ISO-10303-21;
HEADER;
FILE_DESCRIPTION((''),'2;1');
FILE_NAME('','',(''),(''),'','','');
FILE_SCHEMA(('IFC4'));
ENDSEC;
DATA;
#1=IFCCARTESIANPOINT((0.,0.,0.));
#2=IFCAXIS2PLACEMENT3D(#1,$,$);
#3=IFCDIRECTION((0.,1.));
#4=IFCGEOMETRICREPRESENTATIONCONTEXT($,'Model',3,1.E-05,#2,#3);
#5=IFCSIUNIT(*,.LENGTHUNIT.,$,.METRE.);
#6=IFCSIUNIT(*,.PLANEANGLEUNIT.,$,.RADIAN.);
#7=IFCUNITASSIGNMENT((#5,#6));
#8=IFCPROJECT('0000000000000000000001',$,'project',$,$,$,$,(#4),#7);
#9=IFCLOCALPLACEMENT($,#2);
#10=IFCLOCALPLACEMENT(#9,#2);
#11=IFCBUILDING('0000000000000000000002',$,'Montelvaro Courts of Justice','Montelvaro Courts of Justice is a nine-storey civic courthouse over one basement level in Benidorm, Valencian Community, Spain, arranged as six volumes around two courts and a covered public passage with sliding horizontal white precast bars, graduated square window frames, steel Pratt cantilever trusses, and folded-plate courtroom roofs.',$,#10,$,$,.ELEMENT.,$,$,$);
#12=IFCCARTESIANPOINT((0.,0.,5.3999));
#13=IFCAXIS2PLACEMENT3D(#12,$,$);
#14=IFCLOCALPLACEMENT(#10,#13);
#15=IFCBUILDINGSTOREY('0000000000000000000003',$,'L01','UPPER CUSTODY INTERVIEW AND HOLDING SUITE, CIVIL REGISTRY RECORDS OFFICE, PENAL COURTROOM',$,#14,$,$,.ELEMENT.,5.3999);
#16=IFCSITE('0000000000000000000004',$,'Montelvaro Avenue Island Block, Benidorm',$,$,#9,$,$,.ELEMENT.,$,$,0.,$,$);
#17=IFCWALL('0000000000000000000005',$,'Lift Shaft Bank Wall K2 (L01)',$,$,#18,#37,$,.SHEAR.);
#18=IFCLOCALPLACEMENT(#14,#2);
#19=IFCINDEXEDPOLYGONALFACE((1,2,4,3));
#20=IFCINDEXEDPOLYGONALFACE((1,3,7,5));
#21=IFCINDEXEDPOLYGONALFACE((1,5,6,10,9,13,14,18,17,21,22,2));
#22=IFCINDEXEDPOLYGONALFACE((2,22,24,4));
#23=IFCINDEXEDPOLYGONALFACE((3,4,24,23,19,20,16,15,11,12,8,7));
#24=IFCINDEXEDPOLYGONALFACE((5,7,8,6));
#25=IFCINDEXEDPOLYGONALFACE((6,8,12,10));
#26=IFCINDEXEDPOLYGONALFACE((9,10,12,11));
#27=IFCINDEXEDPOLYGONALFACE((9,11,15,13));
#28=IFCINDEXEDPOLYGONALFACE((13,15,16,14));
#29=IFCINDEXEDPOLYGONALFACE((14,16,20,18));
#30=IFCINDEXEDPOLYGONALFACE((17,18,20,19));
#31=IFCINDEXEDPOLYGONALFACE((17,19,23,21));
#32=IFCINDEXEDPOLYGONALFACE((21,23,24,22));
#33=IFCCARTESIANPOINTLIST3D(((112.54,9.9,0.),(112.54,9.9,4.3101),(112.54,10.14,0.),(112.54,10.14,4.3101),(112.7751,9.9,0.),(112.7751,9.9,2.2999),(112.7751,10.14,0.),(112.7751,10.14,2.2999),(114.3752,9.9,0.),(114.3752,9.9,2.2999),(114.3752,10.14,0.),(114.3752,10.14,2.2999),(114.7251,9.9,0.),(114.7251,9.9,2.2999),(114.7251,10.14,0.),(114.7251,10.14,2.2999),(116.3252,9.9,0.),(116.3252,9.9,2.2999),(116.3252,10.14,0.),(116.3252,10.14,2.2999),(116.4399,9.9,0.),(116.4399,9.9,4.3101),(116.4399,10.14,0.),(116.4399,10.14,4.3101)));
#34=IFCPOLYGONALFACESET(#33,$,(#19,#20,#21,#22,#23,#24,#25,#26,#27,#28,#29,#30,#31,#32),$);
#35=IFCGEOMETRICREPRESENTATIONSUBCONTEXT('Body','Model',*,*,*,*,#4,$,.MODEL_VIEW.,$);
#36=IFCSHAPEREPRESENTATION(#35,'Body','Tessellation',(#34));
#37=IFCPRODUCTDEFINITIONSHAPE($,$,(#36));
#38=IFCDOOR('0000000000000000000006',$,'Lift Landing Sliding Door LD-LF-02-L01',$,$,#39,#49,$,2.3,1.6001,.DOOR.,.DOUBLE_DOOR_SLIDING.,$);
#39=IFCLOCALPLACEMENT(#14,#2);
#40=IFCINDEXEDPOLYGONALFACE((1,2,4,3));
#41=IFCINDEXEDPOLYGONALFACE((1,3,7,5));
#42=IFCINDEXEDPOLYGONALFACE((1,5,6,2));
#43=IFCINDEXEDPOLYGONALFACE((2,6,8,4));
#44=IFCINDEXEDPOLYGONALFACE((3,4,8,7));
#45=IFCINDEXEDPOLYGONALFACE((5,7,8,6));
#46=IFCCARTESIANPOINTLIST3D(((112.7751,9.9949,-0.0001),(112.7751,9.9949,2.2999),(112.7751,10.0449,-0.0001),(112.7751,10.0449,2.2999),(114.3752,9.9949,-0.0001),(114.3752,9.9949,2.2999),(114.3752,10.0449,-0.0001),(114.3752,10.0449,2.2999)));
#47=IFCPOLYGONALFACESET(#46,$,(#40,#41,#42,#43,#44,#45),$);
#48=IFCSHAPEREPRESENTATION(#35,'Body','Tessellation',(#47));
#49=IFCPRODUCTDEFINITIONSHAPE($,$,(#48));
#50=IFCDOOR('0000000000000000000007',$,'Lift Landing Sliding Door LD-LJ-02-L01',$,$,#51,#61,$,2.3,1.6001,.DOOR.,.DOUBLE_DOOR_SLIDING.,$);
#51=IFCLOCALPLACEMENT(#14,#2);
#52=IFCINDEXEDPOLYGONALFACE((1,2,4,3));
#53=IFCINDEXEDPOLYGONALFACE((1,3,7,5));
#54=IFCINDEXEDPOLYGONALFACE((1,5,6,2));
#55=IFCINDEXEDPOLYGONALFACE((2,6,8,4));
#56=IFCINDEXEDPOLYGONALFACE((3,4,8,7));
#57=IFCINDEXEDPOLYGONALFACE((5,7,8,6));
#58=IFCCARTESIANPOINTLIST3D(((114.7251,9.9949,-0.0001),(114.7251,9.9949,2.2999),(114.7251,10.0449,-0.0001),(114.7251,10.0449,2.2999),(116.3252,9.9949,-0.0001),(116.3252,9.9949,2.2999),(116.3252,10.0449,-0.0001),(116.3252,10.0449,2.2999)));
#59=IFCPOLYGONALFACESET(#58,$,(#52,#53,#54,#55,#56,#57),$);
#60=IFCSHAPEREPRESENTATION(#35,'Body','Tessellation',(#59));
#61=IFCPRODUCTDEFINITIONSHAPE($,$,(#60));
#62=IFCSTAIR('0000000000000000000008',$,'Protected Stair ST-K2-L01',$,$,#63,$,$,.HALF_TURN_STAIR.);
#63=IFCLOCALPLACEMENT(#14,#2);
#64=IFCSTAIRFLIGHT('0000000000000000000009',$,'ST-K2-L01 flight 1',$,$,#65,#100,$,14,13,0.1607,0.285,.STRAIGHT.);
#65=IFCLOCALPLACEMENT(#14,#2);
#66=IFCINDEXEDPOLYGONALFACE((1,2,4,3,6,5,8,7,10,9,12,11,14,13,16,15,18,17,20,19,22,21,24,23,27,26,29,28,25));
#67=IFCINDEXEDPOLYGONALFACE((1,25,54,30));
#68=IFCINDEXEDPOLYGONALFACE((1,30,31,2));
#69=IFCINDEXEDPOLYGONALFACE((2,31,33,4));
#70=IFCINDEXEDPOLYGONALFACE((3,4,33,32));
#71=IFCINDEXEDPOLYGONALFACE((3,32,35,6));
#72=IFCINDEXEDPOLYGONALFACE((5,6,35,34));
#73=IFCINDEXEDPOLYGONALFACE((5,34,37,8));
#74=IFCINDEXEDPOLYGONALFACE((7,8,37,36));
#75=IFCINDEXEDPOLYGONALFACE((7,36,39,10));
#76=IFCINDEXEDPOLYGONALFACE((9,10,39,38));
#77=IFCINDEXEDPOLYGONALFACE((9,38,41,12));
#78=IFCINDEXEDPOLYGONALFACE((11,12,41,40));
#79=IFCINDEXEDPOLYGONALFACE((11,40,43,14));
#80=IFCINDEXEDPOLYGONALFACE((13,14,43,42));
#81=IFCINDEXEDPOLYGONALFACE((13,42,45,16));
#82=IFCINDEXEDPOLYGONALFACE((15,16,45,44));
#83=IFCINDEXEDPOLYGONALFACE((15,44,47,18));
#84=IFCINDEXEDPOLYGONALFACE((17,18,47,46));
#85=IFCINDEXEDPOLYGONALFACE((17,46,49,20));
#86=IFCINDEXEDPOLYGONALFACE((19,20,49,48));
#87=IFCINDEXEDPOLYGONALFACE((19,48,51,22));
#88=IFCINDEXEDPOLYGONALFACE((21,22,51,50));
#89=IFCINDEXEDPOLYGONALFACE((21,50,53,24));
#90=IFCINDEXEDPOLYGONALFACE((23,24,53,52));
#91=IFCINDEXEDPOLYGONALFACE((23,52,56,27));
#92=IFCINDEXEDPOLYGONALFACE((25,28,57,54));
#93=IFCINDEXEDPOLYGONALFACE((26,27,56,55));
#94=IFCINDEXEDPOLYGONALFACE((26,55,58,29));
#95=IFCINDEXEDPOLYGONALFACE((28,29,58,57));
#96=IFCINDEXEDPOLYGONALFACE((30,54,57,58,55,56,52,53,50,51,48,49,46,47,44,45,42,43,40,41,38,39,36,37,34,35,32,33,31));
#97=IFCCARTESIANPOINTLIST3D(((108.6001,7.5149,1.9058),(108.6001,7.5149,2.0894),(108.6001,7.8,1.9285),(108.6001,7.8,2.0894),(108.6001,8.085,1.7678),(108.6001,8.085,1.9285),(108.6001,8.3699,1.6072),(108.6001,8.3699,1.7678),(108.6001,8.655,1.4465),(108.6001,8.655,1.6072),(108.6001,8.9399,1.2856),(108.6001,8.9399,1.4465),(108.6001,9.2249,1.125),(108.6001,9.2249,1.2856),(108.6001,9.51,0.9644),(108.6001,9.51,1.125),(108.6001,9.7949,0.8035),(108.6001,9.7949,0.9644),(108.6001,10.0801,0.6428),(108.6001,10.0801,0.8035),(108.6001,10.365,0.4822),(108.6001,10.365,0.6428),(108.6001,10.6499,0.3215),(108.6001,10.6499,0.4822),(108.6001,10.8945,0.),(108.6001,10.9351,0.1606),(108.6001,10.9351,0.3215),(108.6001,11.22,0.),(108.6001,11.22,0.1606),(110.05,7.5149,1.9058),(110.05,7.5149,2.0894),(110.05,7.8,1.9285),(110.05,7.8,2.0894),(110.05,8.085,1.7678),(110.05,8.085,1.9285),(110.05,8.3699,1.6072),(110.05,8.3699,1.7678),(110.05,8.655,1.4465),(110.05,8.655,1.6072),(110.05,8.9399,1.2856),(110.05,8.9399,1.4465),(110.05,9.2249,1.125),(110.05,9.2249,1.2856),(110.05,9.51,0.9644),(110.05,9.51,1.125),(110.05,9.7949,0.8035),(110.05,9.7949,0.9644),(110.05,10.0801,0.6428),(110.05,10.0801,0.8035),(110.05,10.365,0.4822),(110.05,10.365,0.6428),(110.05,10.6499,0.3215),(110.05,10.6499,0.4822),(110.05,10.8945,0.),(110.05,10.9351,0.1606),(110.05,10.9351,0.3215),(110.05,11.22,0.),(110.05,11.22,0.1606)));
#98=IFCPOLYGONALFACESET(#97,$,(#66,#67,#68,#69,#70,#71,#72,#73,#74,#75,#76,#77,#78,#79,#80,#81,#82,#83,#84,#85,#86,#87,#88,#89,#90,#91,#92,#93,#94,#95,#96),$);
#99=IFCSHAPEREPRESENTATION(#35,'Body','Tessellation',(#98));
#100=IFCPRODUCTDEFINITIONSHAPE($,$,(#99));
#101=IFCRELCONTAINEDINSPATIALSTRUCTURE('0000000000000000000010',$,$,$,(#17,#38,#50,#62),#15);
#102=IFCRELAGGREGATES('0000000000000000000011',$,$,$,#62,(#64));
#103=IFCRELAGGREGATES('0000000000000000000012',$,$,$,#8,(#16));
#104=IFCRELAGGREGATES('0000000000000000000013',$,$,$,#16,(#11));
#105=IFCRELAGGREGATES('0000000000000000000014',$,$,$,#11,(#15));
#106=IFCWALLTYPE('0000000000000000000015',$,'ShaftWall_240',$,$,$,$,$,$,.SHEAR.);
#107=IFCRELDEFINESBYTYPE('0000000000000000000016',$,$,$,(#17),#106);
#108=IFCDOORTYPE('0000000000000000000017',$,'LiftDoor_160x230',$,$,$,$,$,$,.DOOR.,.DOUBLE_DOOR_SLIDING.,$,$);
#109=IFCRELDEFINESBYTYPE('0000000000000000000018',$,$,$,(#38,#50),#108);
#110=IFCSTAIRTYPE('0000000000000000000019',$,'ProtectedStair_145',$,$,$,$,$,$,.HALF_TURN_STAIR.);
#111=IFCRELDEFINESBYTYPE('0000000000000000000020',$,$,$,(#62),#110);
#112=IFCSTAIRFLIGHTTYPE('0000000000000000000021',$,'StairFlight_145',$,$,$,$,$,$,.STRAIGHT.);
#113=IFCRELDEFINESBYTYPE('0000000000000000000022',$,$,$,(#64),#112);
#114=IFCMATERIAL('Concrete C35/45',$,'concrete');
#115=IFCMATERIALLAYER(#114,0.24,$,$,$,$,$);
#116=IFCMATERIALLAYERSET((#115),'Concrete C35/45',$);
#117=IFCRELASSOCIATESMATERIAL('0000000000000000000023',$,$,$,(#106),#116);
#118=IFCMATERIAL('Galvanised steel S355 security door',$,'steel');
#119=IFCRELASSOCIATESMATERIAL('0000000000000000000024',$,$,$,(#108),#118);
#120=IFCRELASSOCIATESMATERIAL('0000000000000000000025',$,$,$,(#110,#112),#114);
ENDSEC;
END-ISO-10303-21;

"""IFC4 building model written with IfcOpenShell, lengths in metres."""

from ifc_helpers import new_model, si_unit, direction, frame, frame_2d, origin, place, context, subcontext, project, spatial, polyline, rectangle, outline, extrude, material, layer, layer_set, type_object, element, fill, aggregate, save


model = new_model("IFC4")

# Units and contexts
model_context = context("Model", 3, precision=1e-05, world=origin(), true_north=direction((0.0, 1.0)))
body_context = subcontext(model_context, "Body", "Model", "MODEL_VIEW")
ifc_project = project(units=[si_unit("LENGTHUNIT", "METRE"), si_unit("PLANEANGLEUNIT", "RADIAN")], contexts=[model_context])

# Site, building, storey
site_placement = place(None, origin())
site = spatial("IfcSite", under=ifc_project, at=site_placement, Name="Montelvaro Avenue Island Block, Benidorm", CompositionType="ELEMENT", RefElevation=0.0)
building_placement = place(site_placement, origin())
building = spatial("IfcBuilding", under=site, at=building_placement, Name="Montelvaro Courts of Justice", Description="Montelvaro Courts of Justice is a nine-storey civic courthouse over one basement level in Benidorm, Valencian Community, Spain, arranged as six volumes around two courts and a covered public passage with sliding horizontal white precast bars, graduated square window frames, steel Pratt cantilever trusses, and folded-plate courtroom roofs.", CompositionType="ELEMENT")
storey_placement = place(building_placement, frame((0.0, 0.0, 5.3999)))
storey = spatial("IfcBuildingStorey", under=building, at=storey_placement, Name="L01", Description="UPPER CUSTODY INTERVIEW AND HOLDING SUITE, CIVIL REGISTRY RECORDS OFFICE, PENAL COURTROOM", CompositionType="ELEMENT", Elevation=5.3999)

# Shared definitions
ifc_material_1 = material(Name="Galvanised steel S355 security door", Category="steel")

# Shared definitions
ifc_material_2 = material(Name="Concrete C35/45", Category="concrete")
ifc_layer_1 = layer(ifc_material_2, 0.24)
ifc_layer_set_1 = layer_set([ifc_layer_1], Name="Concrete C35/45")
wall_type_1 = type_object("IfcWallType", Name="ShaftWall_240", PredefinedType="SHEAR", material=ifc_layer_set_1)

# Wall, openings, doors
wall_1_placement = place(storey_placement, frame((112.54, 10.02, 0.0), z_axis=(0.0, 0.0, 1.0), x_axis=(1.0, 0.0, 0.0)))
wall_1 = element("IfcWall", 1, at=wall_1_placement, inside=storey, type_object=wall_type_1, Name="Lift Shaft Bank Wall K2 (L01)", PredefinedType="SHEAR", context=body_context, shape_type="SweptSolid", body=[
    extrude(rectangle(XDim=3.8999, YDim=0.24, at=frame_2d((1.95, 0.0))), origin(), (0.0, 0.0, 1.0), 4.3101),
])
opening_1_placement = place(wall_1_placement, frame((0.2351, 0.0, 0.0)))
opening_1 = element("IfcOpeningElement", 2, at=opening_1_placement, cuts=wall_1, PredefinedType="OPENING", context=body_context, shape_type="SweptSolid", body=[
    extrude(rectangle(XDim=1.6001, YDim=2.3, at=frame_2d((0.8, 1.1499))), frame((0.0, 0.1348, 0.0), z_axis=(0.0, -1.0, 0.0), x_axis=(1.0, 0.0, 0.0)), (0.0, 0.0, 1.0), 0.2698),
])
opening_2_placement = place(wall_1_placement, frame((2.1851, 0.0, 0.0)))
opening_2 = element("IfcOpeningElement", 3, at=opening_2_placement, cuts=wall_1, PredefinedType="OPENING", context=body_context, shape_type="SweptSolid", body=[
    extrude(rectangle(XDim=1.6001, YDim=2.3, at=frame_2d((0.8, 1.1499))), frame((0.0, 0.1348, 0.0), z_axis=(0.0, -1.0, 0.0), x_axis=(1.0, 0.0, 0.0)), (0.0, 0.0, 1.0), 0.2698),
])
door_type_1 = type_object("IfcDoorType", Name="LiftDoor_160x230", OperationType="DOUBLE_DOOR_SLIDING", PredefinedType="DOOR", material=ifc_material_1)
door_1_placement = place(opening_1_placement, origin())
door_1 = element("IfcDoor", 4, at=door_1_placement, inside=storey, type_object=door_type_1, Name="Lift Landing Sliding Door LD-LF-02-L01", OperationType="DOUBLE_DOOR_SLIDING", OverallHeight=2.3, OverallWidth=1.6001, PredefinedType="DOOR", context=body_context, shape_type="SweptSolid", body=[
    extrude(rectangle(XDim=1.6001, YDim=2.3, at=frame_2d((0.8, 1.1499))), frame((0.0, 0.0249, 0.0), z_axis=(0.0, -1.0, 0.0), x_axis=(1.0, 0.0, 0.0)), (0.0, 0.0, 1.0), 0.05),
])
fill(opening_1, door_1)
door_2_placement = place(opening_2_placement, origin())
door_2 = element("IfcDoor", 5, at=door_2_placement, inside=storey, type_object=door_type_1, Name="Lift Landing Sliding Door LD-LJ-02-L01", OperationType="DOUBLE_DOOR_SLIDING", OverallHeight=2.3, OverallWidth=1.6001, PredefinedType="DOOR", context=body_context, shape_type="SweptSolid", body=[
    extrude(rectangle(XDim=1.6001, YDim=2.3, at=frame_2d((0.8, 1.1499))), frame((0.0, 0.0249, 0.0), z_axis=(0.0, -1.0, 0.0), x_axis=(1.0, 0.0, 0.0)), (0.0, 0.0, 1.0), 0.05),
])
fill(opening_2, door_2)

# Stair, stair flight
stair_type = type_object("IfcStairType", Name="ProtectedStair_145", PredefinedType="HALF_TURN_STAIR", material=ifc_material_2)
stair_placement = place(storey_placement, origin())
stair = element("IfcStair", 6, at=stair_placement, inside=storey, type_object=stair_type, Name="Protected Stair ST-K2-L01", PredefinedType="HALF_TURN_STAIR")
stair_flight_type = type_object("IfcStairFlightType", Name="StairFlight_145", PredefinedType="STRAIGHT", material=ifc_material_2)
stair_flight_placement = place(storey_placement, frame((109.325, 11.22, 0.0), z_axis=(0.0, 0.0, 1.0), x_axis=(0.0, -1.0, 0.0)))
stair_flight = element("IfcStairFlight", 7, at=stair_flight_placement, type_object=stair_flight_type, Name="ST-K2-L01 flight 1", NumberOfRisers=14, NumberOfTreads=13, PredefinedType="STRAIGHT", RiserHeight=0.1607, TreadLength=0.285, context=body_context, shape_type="SweptSolid", body=[
    extrude(outline(polyline([(0.0, 0.0), (0.0, 0.1606), (0.2849, 0.1606), (0.2849, 0.3215), (0.5701, 0.3215), (0.5701, 0.4822), (0.855, 0.4822), (0.855, 0.6428), (1.1399, 0.6428), (1.1399, 0.8035), (1.425, 0.8035), (1.425, 0.9644), (1.71, 0.9644), (1.71, 1.125), (1.9951, 1.125), (1.9951, 1.2856), (2.28, 1.2856), (2.28, 1.4465), (2.5649, 1.4465), (2.5649, 1.6072), (2.8501, 1.6072), (2.8501, 1.7678), (3.135, 1.7678), (3.135, 1.9285), (3.4199, 1.9285), (3.4199, 2.0894), (3.7051, 2.0894), (3.7051, 2.25), (3.7051, 1.9058), (0.3254, 0.0), (0.0, 0.0)])), frame((0.0, 0.7251, 0.0), z_axis=(0.0, -1.0, 0.0), x_axis=(1.0, 0.0, 0.0)), (0.0, 0.0, 1.0), 1.45),
])
aggregate(stair, [stair_flight])

save(model, "model.ifc")
